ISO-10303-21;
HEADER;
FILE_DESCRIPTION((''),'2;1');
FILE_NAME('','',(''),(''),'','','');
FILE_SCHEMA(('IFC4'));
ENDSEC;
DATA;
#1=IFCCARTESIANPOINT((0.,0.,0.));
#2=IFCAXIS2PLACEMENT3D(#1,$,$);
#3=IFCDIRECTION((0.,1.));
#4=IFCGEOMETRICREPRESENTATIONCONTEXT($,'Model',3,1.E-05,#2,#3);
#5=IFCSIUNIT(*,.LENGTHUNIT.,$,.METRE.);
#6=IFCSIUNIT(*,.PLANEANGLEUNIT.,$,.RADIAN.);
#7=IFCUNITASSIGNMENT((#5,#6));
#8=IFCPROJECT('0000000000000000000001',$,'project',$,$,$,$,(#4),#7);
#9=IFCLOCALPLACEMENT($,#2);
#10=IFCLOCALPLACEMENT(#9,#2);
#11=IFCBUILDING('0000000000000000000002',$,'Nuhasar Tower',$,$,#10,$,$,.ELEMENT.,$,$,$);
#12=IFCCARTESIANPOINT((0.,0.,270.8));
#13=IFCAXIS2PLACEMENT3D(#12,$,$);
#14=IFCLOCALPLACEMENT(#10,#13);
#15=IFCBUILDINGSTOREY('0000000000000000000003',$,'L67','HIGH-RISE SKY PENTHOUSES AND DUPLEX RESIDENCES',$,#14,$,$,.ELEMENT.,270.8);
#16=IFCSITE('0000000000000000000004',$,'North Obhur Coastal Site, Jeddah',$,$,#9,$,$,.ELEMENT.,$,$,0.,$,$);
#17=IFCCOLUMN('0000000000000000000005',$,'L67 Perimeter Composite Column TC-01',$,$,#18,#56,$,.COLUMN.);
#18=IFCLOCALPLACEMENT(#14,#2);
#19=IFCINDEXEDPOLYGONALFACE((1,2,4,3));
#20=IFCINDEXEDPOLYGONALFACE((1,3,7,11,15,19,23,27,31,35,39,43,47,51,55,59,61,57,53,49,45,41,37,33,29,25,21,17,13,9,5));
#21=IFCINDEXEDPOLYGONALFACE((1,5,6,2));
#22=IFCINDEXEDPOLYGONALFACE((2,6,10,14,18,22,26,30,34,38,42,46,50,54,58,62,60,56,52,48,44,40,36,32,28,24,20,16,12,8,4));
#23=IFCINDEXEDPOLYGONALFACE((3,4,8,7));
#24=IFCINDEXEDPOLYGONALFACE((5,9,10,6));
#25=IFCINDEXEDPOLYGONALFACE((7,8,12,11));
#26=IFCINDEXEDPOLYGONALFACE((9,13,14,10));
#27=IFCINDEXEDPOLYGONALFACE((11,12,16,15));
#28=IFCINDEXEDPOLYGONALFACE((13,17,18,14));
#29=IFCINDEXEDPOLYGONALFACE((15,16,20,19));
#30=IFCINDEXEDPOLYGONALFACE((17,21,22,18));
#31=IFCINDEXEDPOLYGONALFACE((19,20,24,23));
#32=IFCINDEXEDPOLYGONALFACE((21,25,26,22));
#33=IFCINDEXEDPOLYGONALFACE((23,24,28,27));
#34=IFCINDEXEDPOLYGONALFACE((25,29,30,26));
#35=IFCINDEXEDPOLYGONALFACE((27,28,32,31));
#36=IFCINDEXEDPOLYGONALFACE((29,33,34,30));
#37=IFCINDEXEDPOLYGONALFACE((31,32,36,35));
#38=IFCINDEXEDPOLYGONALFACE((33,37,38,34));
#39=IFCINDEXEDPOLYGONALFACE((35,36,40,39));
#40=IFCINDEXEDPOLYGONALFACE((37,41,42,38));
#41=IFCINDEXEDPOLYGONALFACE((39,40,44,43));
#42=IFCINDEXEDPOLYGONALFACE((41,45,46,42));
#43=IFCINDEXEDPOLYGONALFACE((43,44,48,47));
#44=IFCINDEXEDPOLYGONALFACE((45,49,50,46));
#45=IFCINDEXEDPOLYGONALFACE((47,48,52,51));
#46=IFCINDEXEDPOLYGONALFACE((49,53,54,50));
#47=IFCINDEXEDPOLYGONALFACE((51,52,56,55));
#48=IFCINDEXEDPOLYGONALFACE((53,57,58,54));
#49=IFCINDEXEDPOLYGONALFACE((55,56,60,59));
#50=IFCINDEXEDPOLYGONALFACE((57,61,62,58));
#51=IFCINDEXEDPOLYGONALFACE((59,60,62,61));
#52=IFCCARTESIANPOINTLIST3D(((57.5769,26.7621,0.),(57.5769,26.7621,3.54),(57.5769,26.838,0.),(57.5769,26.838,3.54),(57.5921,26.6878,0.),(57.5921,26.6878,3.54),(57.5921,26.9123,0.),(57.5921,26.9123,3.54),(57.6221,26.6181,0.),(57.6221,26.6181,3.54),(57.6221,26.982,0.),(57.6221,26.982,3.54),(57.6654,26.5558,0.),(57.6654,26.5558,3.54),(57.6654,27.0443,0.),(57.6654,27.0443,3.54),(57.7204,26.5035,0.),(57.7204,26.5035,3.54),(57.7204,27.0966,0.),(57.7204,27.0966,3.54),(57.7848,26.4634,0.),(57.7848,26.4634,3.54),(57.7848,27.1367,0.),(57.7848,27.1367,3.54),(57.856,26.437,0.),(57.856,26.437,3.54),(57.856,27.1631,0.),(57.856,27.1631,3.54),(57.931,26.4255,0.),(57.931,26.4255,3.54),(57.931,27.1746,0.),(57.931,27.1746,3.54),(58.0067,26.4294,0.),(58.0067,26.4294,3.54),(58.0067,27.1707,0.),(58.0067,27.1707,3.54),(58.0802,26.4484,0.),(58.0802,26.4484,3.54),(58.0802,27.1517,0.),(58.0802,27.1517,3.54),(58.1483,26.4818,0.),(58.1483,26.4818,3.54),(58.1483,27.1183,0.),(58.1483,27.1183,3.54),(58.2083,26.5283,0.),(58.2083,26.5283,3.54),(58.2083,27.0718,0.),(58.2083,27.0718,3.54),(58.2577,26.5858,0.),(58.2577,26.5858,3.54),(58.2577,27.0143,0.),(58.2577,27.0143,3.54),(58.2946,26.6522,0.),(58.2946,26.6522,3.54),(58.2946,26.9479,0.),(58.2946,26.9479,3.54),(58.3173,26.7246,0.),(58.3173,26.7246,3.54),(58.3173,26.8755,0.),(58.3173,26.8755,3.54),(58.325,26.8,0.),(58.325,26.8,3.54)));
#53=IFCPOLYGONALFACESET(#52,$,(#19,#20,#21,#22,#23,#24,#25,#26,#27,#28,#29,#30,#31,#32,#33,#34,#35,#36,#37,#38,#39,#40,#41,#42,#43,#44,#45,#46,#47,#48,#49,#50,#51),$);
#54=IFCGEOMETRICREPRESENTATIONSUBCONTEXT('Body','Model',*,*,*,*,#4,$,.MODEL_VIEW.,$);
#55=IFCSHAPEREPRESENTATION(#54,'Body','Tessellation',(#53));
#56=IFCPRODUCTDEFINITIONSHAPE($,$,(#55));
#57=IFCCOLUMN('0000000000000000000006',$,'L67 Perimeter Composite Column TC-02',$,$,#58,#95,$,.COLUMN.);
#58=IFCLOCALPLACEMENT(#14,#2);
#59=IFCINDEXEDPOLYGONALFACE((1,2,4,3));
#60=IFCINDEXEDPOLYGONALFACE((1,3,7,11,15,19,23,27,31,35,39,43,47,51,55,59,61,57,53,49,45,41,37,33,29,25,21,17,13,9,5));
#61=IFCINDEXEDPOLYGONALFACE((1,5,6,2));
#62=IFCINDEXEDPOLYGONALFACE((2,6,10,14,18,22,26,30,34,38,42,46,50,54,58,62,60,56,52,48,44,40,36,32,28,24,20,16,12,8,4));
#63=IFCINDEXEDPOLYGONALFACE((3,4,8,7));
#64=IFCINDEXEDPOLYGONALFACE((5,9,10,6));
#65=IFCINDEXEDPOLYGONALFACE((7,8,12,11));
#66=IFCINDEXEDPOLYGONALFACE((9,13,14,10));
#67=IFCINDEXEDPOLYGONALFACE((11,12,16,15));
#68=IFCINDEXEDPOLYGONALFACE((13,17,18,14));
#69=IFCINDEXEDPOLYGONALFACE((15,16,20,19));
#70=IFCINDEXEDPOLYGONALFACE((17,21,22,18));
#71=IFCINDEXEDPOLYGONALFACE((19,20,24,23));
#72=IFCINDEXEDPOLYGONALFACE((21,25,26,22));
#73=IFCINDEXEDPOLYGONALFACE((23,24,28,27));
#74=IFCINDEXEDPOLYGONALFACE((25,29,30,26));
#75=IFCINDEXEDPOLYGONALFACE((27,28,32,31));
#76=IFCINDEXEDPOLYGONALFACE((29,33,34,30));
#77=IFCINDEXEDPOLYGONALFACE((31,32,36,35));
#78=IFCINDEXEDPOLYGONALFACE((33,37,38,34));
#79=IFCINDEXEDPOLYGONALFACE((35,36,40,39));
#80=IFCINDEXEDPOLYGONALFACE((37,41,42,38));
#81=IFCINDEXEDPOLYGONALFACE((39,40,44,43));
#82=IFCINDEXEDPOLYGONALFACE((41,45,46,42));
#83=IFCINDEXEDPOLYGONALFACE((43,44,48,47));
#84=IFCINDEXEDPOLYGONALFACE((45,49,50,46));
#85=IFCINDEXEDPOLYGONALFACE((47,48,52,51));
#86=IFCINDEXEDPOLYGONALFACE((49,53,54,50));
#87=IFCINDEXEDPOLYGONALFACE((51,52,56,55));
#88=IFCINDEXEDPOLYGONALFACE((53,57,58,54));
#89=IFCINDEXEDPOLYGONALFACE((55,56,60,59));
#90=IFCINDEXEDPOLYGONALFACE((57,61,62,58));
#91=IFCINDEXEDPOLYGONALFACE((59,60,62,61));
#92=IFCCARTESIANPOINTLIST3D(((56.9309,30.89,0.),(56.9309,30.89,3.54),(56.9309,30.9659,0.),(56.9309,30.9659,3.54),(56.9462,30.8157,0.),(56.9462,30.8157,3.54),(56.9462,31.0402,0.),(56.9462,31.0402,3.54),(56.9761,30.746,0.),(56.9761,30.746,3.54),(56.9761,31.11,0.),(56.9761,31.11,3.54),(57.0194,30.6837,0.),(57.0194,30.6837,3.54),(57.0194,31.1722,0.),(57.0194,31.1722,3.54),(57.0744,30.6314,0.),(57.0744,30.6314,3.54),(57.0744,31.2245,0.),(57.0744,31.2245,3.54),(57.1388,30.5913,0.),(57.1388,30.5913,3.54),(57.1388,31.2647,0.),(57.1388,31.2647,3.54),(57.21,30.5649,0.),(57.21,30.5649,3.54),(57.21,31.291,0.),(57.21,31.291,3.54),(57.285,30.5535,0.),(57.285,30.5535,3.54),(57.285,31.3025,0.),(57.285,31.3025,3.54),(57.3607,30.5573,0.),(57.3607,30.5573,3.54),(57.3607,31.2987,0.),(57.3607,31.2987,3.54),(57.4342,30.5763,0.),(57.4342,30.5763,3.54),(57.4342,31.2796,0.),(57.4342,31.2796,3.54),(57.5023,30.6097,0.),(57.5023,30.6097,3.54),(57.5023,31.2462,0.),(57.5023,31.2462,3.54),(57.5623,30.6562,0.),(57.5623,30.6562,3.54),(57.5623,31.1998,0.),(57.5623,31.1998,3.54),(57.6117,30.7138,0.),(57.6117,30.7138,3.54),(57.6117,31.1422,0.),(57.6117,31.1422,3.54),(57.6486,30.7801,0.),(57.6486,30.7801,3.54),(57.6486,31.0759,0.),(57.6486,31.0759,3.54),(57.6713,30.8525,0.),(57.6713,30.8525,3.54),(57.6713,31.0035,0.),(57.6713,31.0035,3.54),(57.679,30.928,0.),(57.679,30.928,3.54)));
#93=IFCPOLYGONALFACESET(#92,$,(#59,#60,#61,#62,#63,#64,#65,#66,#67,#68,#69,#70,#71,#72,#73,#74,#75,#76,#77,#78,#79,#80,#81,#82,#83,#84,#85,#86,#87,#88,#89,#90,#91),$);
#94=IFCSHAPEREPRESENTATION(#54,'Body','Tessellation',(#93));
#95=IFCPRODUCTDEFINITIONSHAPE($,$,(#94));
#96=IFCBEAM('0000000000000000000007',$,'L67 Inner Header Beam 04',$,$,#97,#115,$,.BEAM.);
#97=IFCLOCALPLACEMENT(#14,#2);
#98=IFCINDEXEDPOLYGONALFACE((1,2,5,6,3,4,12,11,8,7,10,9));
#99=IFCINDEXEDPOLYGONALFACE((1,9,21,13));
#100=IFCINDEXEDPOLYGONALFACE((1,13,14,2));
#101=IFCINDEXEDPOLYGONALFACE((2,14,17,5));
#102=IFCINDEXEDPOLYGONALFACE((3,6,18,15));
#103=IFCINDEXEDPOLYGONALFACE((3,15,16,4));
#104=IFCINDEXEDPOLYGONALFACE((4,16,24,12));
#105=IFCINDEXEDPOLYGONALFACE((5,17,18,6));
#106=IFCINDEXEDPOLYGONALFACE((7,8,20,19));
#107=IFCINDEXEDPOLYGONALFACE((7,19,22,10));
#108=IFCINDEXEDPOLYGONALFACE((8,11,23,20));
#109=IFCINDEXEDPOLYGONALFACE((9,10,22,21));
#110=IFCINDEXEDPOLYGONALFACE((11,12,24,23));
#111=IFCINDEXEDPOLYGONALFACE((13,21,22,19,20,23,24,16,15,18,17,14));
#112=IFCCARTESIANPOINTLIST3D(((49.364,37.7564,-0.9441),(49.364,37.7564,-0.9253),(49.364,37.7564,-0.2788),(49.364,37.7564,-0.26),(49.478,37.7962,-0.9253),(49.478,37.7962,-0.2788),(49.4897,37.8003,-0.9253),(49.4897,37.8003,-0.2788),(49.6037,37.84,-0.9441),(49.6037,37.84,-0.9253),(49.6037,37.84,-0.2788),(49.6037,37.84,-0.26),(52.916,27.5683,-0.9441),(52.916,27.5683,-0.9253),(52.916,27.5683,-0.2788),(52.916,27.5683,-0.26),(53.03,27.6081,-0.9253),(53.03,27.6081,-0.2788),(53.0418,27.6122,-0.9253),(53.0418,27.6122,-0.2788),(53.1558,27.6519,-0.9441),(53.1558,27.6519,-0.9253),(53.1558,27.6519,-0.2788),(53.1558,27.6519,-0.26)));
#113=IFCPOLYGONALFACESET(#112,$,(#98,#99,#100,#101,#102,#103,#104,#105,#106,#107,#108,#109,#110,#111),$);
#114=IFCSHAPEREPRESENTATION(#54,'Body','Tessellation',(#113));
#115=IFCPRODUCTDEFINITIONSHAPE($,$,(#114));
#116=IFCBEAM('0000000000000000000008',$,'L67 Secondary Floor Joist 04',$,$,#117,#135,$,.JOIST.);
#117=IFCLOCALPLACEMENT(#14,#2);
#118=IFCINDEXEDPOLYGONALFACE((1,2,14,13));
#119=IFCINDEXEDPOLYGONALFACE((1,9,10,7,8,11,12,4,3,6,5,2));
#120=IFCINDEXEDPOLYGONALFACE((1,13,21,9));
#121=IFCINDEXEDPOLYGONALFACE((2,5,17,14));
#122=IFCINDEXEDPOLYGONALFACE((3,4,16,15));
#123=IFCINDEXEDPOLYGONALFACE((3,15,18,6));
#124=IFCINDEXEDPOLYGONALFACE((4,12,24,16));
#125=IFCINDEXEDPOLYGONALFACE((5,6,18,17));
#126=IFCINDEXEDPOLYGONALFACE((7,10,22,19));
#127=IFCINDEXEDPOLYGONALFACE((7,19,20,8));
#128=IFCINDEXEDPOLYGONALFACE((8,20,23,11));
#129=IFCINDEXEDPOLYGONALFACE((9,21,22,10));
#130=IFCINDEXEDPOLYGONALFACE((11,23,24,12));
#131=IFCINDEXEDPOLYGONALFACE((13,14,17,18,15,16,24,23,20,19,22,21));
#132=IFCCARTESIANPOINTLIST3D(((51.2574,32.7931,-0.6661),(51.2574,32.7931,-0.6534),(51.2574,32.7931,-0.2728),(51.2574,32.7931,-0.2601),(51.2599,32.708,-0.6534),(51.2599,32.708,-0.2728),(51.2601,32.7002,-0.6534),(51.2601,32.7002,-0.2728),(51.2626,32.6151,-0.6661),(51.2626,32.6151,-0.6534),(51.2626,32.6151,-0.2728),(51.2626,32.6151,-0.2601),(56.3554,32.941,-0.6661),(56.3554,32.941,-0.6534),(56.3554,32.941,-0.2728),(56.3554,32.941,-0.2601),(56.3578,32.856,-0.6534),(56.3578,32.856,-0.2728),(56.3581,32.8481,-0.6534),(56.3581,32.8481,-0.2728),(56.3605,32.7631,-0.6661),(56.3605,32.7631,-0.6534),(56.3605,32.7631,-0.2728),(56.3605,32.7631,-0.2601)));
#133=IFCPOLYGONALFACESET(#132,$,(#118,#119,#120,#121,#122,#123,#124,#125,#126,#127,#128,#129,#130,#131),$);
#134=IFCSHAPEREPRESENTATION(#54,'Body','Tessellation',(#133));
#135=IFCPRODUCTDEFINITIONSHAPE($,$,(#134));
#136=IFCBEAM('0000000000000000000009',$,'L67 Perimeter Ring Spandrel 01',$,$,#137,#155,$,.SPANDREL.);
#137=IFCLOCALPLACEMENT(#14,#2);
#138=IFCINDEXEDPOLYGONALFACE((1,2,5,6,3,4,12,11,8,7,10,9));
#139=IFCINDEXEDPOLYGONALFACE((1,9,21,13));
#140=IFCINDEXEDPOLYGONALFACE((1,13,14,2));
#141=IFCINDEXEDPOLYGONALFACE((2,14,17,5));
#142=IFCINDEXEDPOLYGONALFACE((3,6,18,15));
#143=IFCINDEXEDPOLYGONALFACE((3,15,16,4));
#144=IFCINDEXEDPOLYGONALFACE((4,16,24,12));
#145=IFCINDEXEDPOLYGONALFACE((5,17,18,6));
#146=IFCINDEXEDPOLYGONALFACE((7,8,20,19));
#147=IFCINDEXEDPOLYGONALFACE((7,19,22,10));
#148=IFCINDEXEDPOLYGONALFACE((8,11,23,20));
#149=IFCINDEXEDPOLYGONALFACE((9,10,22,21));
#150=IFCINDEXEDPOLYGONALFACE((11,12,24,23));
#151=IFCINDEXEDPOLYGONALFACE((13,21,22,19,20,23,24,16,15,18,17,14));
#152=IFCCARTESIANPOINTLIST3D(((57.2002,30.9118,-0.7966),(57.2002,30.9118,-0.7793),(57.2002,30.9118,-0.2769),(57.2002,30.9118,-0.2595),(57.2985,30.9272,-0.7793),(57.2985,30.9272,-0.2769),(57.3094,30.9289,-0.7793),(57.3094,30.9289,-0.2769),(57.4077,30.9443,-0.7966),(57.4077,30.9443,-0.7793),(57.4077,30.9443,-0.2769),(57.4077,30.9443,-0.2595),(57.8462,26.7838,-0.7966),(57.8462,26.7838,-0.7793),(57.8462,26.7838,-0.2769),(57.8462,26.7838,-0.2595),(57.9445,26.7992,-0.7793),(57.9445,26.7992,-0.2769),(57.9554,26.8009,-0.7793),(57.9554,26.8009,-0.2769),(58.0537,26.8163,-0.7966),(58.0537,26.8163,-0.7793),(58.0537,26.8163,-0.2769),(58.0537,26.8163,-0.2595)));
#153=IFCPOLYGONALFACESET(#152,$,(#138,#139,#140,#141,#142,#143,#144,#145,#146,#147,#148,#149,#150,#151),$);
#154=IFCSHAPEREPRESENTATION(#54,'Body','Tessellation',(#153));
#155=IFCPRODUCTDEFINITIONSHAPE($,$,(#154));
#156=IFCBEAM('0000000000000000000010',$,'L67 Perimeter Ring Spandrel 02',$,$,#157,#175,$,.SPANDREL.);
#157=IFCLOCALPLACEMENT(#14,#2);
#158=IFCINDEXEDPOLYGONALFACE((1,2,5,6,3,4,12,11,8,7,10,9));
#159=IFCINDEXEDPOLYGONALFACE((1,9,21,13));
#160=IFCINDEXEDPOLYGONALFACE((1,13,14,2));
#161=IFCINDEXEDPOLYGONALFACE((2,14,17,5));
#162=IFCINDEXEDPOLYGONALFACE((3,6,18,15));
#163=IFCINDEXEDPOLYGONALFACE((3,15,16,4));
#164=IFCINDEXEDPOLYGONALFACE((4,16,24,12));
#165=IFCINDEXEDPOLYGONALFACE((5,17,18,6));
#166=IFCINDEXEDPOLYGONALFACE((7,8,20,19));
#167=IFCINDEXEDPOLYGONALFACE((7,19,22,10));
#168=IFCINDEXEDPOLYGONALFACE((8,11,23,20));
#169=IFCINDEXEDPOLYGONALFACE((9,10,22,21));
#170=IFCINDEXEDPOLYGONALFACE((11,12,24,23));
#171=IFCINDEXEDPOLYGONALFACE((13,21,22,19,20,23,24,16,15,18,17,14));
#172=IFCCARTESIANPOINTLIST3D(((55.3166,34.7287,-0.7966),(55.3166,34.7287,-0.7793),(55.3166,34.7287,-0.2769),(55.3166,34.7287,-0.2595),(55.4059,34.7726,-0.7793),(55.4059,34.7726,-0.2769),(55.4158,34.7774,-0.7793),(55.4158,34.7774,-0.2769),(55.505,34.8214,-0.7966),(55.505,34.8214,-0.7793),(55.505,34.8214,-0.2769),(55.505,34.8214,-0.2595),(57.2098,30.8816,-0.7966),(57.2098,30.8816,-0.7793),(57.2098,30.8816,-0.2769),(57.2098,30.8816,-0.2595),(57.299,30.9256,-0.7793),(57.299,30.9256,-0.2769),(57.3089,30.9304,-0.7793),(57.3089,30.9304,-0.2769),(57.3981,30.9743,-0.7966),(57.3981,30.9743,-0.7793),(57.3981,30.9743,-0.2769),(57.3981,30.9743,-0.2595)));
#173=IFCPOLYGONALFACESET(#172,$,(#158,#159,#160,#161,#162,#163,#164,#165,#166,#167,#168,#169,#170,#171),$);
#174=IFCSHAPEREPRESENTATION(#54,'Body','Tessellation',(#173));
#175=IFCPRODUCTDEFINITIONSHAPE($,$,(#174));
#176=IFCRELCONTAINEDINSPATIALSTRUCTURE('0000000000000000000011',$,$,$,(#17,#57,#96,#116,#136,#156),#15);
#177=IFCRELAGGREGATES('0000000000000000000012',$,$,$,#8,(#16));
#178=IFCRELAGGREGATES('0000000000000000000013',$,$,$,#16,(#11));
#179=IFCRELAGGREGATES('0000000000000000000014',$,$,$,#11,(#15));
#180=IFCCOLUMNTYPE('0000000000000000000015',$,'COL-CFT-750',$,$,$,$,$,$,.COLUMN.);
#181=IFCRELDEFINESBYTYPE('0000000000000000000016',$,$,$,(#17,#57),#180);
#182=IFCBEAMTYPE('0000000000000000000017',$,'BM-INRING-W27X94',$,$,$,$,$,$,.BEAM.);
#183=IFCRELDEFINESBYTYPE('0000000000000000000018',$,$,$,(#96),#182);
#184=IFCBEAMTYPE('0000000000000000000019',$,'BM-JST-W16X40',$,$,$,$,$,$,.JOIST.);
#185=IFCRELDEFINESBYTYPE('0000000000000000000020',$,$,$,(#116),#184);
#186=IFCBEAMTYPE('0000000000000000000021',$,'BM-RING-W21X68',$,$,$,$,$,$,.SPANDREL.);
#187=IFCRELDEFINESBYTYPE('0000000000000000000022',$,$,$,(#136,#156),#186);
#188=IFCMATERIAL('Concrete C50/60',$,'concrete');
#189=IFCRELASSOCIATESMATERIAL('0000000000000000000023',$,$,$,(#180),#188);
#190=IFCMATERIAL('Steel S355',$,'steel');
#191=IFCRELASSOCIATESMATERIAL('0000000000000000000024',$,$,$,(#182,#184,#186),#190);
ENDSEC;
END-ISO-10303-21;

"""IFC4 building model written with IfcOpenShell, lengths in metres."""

from ifc_helpers import new_model, si_unit, direction, frame, origin, origin_2d, place, context, subcontext, project, spatial, circle, i_section, extrude, material, material_profile, profile_set, type_object, element, save


model = new_model("IFC4")

# Units and contexts
model_context = context("Model", 3, precision=1e-05, world=origin(), true_north=direction((0.0, 1.0)))
body_context = subcontext(model_context, "Body", "Model", "MODEL_VIEW")
ifc_project = project(units=[si_unit("LENGTHUNIT", "METRE"), si_unit("PLANEANGLEUNIT", "RADIAN")], contexts=[model_context])

# Site, building, storey
site_placement = place(None, origin())
site = spatial("IfcSite", under=ifc_project, at=site_placement, Name="North Obhur Coastal Site, Jeddah", CompositionType="ELEMENT", RefElevation=0.0)
building_placement = place(site_placement, origin())
building = spatial("IfcBuilding", under=site, at=building_placement, Name="Nuhasar Tower", CompositionType="ELEMENT")
storey_placement = place(building_placement, frame((0.0, 0.0, 270.8)))
storey = spatial("IfcBuildingStorey", under=building, at=storey_placement, Name="L67", Description="HIGH-RISE SKY PENTHOUSES AND DUPLEX RESIDENCES", CompositionType="ELEMENT", Elevation=270.8)

# Columns
ifc_material_1 = material(Name="Concrete C50/60", Category="concrete")
ifc_material_profile_1 = material_profile(ifc_material_1, circle(Radius=0.375, at=origin_2d()), Name="CFT750")
ifc_profile_set_1 = profile_set([ifc_material_profile_1], Name="Concrete C50/60")
column_type = type_object("IfcColumnType", Name="COL-CFT-750", PredefinedType="COLUMN", material=ifc_profile_set_1)
for number, where, z_axis, x_axis, name in (
    (1, (57.95, 26.8, 0.0), (0.0, 0.0, 1.0), (1.0, 0.0, 0.0), "L67 Perimeter Composite Column TC-01"),
    (2, (57.304, 30.928, 0.0), (0.0, 0.0, 1.0), (1.0, 0.0, 0.0), "L67 Perimeter Composite Column TC-02"),
):
    element("IfcColumn", number, at=place(storey_placement, frame(where, z_axis=z_axis, x_axis=x_axis)), inside=storey, type_object=column_type, Name=name, PredefinedType="COLUMN", context=body_context, shape_type="SweptSolid", body=[
        extrude(circle(Radius=0.375, at=origin_2d()), origin(), (0.0, 0.0, 1.0), 3.54),
    ])

# Beams
ifc_material_2 = material(Name="Steel S355", Category="steel")
ifc_material_profile_2 = material_profile(ifc_material_2, i_section(OverallWidth=0.2539, OverallDepth=0.6841, WebThickness=0.0125, FlangeThickness=0.0188, at=origin_2d()), Name="W27X94")
ifc_profile_set_2 = profile_set([ifc_material_profile_2], Name="Steel S355")
beam_type_1 = type_object("IfcBeamType", Name="BM-INRING-W27X94", PredefinedType="BEAM", material=ifc_profile_set_2)
beam_1_placement = place(storey_placement, frame((53.0359, 27.6101, -0.6021), z_axis=(-0.329211, 0.944256, 0.0), x_axis=(-0.944256, -0.329211, 0.0)))
element("IfcBeam", 3, at=beam_1_placement, inside=storey, type_object=beam_type_1, Name="L67 Inner Header Beam 04", PredefinedType="BEAM", context=body_context, shape_type="SweptSolid", body=[
    extrude(i_section(OverallWidth=0.2539, OverallDepth=0.6841, WebThickness=0.0125, FlangeThickness=0.0188, at=origin_2d()), origin(), (0.0, 0.0, 1.0), 10.7896),
])
ifc_material_profile_3 = material_profile(ifc_material_2, i_section(OverallWidth=0.178, OverallDepth=0.406, WebThickness=0.0078, FlangeThickness=0.0127, at=origin_2d()), Name="W16X40")
ifc_profile_set_3 = profile_set([ifc_material_profile_3], Name="Steel S355")
beam_type_2 = type_object("IfcBeamType", Name="BM-JST-W16X40", PredefinedType="JOIST", material=ifc_profile_set_3)
beam_2_placement = place(storey_placement, frame((51.26, 32.7041, -0.4631), z_axis=(0.999579, 0.029009, 0.0), x_axis=(-0.029009, 0.999579, 0.0)))
element("IfcBeam", 4, at=beam_2_placement, inside=storey, type_object=beam_type_2, Name="L67 Secondary Floor Joist 04", PredefinedType="JOIST", context=body_context, shape_type="SweptSolid", body=[
    extrude(i_section(OverallWidth=0.178, OverallDepth=0.406, WebThickness=0.0078, FlangeThickness=0.0127, at=origin_2d()), origin(), (0.0, 0.0, 1.0), 5.1001),
])
ifc_material_profile_4 = material_profile(ifc_material_2, i_section(OverallWidth=0.21, OverallDepth=0.5371, WebThickness=0.011, FlangeThickness=0.0173, at=origin_2d()), Name="W21X68")
ifc_profile_set_4 = profile_set([ifc_material_profile_4], Name="Steel S355")
beam_type_3 = type_object("IfcBeamType", Name="BM-RING-W21X68", PredefinedType="SPANDREL", material=ifc_profile_set_4)
beam_3_placement = place(storey_placement, frame((57.95, 26.8, -0.5281), z_axis=(-0.154612, 0.987975, 0.0), x_axis=(-0.987975, -0.154612, 0.0)))
element("IfcBeam", 5, at=beam_3_placement, inside=storey, type_object=beam_type_3, Name="L67 Perimeter Ring Spandrel 01", PredefinedType="SPANDREL", context=body_context, shape_type="SweptSolid", body=[
    extrude(i_section(OverallWidth=0.21, OverallDepth=0.5371, WebThickness=0.011, FlangeThickness=0.0173, at=origin_2d()), origin(), (0.0, 0.0, 1.0), 4.1782),
])
beam_4_placement = place(storey_placement, frame((57.304, 30.928, -0.5281), z_axis=(-0.441533, 0.897245, 0.0), x_axis=(-0.897245, -0.441533, 0.0)))
element("IfcBeam", 6, at=beam_4_placement, inside=storey, type_object=beam_type_3, Name="L67 Perimeter Ring Spandrel 02", PredefinedType="SPANDREL", context=body_context, shape_type="SweptSolid", body=[
    extrude(i_section(OverallWidth=0.21, OverallDepth=0.5371, WebThickness=0.011, FlangeThickness=0.0173, at=origin_2d()), origin(), (0.0, 0.0, 1.0), 4.2876),
])

save(model, "model.ifc")
